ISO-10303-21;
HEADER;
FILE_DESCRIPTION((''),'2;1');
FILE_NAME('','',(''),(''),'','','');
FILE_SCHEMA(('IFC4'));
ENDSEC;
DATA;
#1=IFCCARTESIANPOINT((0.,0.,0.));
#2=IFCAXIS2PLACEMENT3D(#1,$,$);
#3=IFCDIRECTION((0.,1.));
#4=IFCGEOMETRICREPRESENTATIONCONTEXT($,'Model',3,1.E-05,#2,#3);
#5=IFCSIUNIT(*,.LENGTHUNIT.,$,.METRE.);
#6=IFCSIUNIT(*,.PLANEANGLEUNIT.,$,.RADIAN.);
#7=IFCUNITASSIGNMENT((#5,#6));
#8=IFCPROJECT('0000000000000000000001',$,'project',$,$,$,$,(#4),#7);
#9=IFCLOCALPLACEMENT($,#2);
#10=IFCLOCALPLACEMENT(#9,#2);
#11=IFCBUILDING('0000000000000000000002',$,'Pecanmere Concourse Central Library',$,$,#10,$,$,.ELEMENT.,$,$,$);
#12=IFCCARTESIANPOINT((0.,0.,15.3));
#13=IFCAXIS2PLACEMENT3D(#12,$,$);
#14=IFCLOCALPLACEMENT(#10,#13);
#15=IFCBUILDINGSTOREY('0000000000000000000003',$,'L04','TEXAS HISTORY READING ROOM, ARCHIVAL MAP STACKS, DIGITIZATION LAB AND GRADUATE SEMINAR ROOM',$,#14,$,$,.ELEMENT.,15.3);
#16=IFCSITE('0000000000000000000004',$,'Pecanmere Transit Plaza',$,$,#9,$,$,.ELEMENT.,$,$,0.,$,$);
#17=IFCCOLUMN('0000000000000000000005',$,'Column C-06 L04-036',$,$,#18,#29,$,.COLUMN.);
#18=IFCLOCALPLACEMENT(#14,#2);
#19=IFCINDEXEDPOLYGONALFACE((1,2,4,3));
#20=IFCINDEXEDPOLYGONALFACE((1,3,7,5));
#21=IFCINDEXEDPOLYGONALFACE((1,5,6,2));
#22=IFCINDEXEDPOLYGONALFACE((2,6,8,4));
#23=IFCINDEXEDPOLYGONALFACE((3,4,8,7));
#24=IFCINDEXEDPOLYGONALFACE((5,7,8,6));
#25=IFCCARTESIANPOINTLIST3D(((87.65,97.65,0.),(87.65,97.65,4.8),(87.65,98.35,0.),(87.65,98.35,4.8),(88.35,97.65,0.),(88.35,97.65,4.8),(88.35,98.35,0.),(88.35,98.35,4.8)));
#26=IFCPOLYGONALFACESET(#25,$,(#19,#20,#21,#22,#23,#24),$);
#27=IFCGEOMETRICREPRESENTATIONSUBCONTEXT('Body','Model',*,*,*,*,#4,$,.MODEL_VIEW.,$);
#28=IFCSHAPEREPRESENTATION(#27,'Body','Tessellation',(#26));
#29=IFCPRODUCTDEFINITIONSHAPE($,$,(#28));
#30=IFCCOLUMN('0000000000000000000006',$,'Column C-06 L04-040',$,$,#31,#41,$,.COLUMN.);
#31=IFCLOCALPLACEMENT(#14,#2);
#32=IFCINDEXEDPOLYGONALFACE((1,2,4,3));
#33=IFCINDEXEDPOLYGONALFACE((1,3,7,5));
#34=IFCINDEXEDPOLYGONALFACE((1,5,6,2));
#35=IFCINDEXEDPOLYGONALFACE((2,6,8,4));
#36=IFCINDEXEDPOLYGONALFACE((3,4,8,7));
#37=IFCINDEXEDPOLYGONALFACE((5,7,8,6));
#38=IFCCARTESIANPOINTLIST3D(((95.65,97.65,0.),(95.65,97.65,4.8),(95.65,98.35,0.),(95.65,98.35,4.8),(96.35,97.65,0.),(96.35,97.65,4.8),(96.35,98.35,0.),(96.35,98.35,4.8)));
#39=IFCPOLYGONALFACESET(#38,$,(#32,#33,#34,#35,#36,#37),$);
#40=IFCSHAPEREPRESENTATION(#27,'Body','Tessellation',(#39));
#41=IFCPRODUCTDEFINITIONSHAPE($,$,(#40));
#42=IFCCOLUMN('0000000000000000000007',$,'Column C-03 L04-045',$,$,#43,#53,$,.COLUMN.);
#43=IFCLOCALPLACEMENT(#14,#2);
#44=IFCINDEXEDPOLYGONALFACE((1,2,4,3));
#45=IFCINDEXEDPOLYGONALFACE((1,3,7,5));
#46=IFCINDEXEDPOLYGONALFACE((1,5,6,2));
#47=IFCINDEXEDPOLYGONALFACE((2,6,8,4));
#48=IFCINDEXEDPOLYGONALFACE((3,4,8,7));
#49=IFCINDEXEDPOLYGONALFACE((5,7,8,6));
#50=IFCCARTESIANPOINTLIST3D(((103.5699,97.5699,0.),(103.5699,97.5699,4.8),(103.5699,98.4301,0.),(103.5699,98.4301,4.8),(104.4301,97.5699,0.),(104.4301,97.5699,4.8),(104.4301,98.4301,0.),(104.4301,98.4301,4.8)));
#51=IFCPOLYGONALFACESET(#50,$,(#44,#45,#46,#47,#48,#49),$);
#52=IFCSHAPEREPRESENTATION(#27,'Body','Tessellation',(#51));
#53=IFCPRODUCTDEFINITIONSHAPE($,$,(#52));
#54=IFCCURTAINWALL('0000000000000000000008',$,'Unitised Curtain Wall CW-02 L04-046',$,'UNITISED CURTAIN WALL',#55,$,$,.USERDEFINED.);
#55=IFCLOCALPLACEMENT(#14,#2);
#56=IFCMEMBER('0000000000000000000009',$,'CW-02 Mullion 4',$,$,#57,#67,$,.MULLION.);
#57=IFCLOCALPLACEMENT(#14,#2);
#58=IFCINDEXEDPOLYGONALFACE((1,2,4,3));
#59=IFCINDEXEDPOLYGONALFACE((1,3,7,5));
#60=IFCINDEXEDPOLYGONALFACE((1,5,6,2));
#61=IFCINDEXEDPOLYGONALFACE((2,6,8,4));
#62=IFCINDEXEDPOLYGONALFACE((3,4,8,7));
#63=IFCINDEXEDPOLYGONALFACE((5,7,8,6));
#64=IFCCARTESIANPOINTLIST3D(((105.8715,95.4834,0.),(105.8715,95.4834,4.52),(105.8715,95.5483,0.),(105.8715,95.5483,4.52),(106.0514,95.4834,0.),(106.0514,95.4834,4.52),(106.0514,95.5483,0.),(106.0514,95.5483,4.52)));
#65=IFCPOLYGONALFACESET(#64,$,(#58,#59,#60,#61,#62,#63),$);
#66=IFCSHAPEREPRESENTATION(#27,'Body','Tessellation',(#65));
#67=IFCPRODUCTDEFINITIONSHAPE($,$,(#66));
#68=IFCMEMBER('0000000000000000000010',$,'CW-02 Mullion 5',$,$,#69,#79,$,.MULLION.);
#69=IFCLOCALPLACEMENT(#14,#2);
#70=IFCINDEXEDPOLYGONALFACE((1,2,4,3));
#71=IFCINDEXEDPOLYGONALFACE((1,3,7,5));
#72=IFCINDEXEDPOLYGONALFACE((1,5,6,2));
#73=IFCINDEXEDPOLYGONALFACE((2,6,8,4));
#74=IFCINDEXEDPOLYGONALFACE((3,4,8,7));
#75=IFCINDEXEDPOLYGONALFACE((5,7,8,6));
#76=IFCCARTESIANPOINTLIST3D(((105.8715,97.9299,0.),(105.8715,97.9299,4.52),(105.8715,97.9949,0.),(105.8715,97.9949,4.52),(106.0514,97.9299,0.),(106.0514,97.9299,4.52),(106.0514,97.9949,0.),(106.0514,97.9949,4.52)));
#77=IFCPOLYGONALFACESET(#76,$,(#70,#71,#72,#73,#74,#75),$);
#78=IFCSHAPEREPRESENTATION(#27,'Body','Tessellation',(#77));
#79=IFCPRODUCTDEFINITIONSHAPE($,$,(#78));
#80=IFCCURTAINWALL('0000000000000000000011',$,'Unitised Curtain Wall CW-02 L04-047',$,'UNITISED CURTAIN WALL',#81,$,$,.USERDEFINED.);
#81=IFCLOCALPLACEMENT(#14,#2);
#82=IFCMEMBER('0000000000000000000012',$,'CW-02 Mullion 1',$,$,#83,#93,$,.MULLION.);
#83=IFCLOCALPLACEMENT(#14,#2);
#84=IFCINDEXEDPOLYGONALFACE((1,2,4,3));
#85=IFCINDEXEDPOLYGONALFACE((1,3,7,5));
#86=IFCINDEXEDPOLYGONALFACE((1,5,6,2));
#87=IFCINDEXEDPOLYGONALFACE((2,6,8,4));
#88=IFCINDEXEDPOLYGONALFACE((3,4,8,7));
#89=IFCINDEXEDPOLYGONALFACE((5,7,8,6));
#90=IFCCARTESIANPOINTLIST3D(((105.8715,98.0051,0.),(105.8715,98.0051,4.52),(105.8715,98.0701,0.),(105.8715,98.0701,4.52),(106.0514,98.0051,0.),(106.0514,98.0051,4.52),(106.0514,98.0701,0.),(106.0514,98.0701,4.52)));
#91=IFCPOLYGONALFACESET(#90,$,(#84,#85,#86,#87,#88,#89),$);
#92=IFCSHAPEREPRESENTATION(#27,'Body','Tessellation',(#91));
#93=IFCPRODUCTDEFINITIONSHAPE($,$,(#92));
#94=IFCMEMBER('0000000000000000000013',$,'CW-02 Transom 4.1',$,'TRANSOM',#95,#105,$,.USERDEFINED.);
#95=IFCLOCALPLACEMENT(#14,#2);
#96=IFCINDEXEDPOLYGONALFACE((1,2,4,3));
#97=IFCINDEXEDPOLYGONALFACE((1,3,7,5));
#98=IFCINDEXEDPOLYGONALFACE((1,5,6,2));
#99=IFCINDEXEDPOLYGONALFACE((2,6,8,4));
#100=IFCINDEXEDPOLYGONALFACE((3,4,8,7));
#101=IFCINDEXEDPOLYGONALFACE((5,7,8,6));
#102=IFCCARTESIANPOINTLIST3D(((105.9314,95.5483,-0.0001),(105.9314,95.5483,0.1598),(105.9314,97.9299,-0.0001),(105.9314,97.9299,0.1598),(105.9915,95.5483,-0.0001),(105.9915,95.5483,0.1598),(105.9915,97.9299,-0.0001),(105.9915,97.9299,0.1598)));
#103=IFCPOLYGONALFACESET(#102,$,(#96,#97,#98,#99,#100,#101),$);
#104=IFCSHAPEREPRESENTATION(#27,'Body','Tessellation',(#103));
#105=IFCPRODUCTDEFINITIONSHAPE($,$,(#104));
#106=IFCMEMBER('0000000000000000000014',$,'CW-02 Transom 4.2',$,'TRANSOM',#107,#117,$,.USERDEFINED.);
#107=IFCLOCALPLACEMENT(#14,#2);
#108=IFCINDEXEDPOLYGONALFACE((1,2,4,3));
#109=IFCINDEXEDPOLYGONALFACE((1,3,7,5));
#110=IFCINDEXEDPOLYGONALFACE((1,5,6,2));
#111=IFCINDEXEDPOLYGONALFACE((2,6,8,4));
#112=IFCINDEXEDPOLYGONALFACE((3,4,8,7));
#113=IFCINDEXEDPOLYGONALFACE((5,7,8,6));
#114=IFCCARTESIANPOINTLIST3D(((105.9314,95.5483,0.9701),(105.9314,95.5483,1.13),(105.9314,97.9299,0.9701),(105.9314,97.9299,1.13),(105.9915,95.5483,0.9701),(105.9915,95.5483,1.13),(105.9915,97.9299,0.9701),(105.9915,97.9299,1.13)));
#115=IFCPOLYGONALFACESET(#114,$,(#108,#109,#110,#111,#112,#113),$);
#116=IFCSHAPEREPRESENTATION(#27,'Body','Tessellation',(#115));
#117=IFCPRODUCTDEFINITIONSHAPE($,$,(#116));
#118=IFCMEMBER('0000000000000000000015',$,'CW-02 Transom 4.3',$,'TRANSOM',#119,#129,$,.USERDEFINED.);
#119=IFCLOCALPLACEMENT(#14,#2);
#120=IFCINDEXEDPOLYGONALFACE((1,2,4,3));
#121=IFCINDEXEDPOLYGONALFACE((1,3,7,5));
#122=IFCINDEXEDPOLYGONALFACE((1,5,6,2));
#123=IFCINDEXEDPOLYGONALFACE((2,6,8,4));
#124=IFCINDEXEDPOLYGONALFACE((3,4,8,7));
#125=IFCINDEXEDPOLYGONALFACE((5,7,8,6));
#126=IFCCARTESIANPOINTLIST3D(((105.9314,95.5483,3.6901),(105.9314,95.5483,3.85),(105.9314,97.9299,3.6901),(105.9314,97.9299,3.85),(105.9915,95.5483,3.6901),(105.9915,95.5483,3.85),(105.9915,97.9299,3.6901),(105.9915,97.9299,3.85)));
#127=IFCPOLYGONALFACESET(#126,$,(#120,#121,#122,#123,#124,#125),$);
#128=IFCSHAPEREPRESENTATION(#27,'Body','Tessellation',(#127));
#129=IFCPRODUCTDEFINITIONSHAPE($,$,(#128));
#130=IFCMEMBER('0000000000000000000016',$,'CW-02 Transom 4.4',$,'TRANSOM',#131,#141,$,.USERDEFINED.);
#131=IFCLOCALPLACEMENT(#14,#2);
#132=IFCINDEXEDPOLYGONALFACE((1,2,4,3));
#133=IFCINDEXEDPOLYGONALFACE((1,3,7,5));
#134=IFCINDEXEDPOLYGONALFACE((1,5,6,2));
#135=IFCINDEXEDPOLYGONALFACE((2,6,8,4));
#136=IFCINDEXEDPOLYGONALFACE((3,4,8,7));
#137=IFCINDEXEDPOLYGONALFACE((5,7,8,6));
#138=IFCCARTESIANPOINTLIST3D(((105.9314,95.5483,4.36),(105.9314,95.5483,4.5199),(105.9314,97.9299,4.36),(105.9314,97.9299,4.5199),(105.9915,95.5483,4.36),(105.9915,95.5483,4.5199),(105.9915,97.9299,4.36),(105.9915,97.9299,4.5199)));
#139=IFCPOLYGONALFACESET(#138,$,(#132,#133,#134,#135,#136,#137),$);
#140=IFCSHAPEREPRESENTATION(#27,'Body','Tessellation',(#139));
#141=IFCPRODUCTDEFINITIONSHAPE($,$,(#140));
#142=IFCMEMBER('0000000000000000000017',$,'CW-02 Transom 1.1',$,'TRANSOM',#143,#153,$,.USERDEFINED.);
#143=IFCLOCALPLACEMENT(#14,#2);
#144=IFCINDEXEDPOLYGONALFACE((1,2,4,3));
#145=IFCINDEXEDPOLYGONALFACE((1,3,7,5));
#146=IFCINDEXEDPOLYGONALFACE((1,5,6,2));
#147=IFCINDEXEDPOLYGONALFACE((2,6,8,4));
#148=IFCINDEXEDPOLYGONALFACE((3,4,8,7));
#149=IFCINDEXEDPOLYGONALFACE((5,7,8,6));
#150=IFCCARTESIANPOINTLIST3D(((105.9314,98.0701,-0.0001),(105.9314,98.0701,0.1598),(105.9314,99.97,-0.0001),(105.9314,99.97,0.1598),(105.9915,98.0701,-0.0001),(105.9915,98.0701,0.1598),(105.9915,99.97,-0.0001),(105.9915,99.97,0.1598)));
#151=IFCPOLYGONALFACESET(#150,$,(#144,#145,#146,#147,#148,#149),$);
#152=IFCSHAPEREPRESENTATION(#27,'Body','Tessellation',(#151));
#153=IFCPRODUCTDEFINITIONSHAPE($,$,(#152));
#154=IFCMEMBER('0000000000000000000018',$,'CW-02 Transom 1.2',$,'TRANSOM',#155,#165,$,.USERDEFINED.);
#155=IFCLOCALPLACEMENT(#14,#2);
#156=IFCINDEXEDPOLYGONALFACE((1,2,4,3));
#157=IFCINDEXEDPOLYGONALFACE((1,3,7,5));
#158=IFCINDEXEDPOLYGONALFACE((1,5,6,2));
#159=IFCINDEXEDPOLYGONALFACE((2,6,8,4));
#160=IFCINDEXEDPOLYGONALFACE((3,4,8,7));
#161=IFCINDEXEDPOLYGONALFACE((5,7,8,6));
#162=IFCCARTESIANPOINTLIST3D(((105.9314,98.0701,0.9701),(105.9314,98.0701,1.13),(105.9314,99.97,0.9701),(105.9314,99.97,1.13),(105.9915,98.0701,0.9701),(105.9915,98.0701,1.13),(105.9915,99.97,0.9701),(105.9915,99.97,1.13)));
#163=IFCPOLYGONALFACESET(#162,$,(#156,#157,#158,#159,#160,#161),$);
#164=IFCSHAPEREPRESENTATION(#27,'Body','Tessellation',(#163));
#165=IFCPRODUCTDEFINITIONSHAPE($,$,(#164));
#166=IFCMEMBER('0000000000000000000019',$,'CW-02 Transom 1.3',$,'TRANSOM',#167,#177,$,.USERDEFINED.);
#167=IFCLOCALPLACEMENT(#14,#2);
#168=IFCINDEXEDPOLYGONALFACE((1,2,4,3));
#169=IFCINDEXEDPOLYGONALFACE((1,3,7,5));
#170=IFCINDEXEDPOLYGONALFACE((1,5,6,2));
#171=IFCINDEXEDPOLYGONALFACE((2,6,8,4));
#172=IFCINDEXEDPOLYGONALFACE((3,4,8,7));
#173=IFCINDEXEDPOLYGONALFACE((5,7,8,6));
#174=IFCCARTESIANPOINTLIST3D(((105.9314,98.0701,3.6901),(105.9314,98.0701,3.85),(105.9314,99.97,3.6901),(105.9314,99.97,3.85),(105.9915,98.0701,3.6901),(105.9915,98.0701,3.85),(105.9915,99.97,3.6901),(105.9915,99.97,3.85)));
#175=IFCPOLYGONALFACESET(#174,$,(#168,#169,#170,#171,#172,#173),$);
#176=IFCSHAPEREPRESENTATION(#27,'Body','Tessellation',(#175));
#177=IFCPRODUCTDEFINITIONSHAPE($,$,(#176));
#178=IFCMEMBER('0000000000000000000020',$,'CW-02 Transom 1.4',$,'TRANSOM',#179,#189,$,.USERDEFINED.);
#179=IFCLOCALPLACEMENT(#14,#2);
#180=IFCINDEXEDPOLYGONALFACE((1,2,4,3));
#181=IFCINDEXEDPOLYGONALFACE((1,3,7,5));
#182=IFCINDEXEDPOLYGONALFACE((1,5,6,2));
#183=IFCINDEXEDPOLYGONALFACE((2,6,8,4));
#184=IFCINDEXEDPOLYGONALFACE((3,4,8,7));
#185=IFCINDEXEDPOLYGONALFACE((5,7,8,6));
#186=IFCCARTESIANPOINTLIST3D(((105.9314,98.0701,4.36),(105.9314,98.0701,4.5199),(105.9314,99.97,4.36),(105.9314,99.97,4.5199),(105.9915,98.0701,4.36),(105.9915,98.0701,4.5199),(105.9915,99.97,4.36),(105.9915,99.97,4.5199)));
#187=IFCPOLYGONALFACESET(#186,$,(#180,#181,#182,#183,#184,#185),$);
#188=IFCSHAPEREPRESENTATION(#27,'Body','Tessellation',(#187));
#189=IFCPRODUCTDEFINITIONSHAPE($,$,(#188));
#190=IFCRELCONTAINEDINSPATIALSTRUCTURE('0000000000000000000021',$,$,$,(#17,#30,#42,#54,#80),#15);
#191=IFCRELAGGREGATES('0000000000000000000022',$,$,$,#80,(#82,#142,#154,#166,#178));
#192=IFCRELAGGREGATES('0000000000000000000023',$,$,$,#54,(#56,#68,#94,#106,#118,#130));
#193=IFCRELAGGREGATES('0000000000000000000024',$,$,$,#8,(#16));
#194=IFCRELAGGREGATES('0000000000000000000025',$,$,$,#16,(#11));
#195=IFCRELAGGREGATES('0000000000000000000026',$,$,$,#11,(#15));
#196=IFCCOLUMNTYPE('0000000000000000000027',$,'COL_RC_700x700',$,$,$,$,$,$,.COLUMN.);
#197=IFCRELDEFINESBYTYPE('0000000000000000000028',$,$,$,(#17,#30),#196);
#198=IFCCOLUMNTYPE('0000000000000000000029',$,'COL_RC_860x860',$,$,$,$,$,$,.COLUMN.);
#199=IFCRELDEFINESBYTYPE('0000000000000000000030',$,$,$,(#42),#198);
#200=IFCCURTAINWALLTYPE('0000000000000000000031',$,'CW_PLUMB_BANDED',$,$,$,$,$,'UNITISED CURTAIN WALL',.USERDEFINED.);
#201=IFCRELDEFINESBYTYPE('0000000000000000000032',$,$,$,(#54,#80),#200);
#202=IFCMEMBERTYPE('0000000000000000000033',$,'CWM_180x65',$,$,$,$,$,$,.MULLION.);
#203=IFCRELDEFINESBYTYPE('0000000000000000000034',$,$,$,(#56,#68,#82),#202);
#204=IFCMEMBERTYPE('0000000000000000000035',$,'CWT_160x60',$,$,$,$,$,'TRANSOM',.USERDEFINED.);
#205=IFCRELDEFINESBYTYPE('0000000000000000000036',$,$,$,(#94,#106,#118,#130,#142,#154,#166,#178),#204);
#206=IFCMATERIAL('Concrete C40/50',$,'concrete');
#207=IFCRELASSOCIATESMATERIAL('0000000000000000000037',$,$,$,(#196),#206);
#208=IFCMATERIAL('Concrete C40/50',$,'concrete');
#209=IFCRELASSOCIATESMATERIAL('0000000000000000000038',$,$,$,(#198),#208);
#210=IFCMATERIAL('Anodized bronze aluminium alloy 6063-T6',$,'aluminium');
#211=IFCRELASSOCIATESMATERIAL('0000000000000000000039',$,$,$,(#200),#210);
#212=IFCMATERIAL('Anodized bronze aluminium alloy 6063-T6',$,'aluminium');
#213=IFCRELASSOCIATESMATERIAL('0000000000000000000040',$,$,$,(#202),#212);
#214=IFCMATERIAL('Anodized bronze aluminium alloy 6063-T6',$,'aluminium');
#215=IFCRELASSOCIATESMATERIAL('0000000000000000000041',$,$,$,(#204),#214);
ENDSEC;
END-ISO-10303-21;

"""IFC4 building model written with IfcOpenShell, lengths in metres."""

from ifc_helpers import new_model, si_unit, direction, frame, origin, origin_2d, place, context, subcontext, project, spatial, rectangle, extrude, material, material_profile, profile_set, type_object, element, aggregate, save


model = new_model("IFC4")

# Units and contexts
model_context = context("Model", 3, precision=1e-05, world=origin(), true_north=direction((0.0, 1.0)))
body_context = subcontext(model_context, "Body", "Model", "MODEL_VIEW")
ifc_project = project(units=[si_unit("LENGTHUNIT", "METRE"), si_unit("PLANEANGLEUNIT", "RADIAN")], contexts=[model_context])

# Site, building, storey
site_placement = place(None, origin())
site = spatial("IfcSite", under=ifc_project, at=site_placement, Name="Pecanmere Transit Plaza", CompositionType="ELEMENT", RefElevation=0.0)
building_placement = place(site_placement, origin())
building = spatial("IfcBuilding", under=site, at=building_placement, Name="Pecanmere Concourse Central Library", CompositionType="ELEMENT")
storey_placement = place(building_placement, frame((0.0, 0.0, 15.3)))
storey = spatial("IfcBuildingStorey", under=building, at=storey_placement, Name="L04", Description="TEXAS HISTORY READING ROOM, ARCHIVAL MAP STACKS, DIGITIZATION LAB AND GRADUATE SEMINAR ROOM", CompositionType="ELEMENT", Elevation=15.3)

# Columns
ifc_material_1 = material(Name="Concrete C40/50", Category="concrete")
ifc_material_profile_1 = material_profile(ifc_material_1, rectangle(XDim=0.7, YDim=0.7, at=origin_2d()), Name="RC 700x700")
ifc_profile_set_1 = profile_set([ifc_material_profile_1], Name="Concrete C40/50")
column_type_1 = type_object("IfcColumnType", Name="COL_RC_700x700", PredefinedType="COLUMN", material=ifc_profile_set_1)
for number, where, z_axis, x_axis, name in (
    (1, (88.0, 98.0, 0.0), (0.0, 0.0, 1.0), (1.0, 0.0, 0.0), "Column C-06 L04-036"),
    (2, (96.0, 98.0, 0.0), (0.0, 0.0, 1.0), (1.0, 0.0, 0.0), "Column C-06 L04-040"),
):
    element("IfcColumn", number, at=place(storey_placement, frame(where, z_axis=z_axis, x_axis=x_axis)), inside=storey, type_object=column_type_1, Name=name, PredefinedType="COLUMN", context=body_context, shape_type="SweptSolid", body=[
        extrude(rectangle(XDim=0.7, YDim=0.7, at=origin_2d()), origin(), (0.0, 0.0, 1.0), 4.8),
    ])
ifc_material_2 = material(Name="Concrete C40/50", Category="concrete")
ifc_material_profile_2 = material_profile(ifc_material_2, rectangle(XDim=0.8601, YDim=0.8601, at=origin_2d()), Name="RC 860x860")
ifc_profile_set_2 = profile_set([ifc_material_profile_2], Name="Concrete C40/50")
column_type_2 = type_object("IfcColumnType", Name="COL_RC_860x860", PredefinedType="COLUMN", material=ifc_profile_set_2)
column_placement = place(storey_placement, frame((104.0, 98.0, 0.0), z_axis=(0.0, 0.0, 1.0), x_axis=(1.0, 0.0, 0.0)))
element("IfcColumn", 3, at=column_placement, inside=storey, type_object=column_type_2, Name="Column C-03 L04-045", PredefinedType="COLUMN", context=body_context, shape_type="SweptSolid", body=[
    extrude(rectangle(XDim=0.8601, YDim=0.8601, at=origin_2d()), origin(), (0.0, 0.0, 1.0), 4.8),
])

# Curtain wall, members
ifc_material_3 = material(Name="Anodized bronze aluminium alloy 6063-T6", Category="aluminium")
curtain_wall_type = type_object("IfcCurtainWallType", Name="CW_PLUMB_BANDED", ElementType="UNITISED CURTAIN WALL", PredefinedType="USERDEFINED", material=ifc_material_3)
curtain_wall_1_placement = place(storey_placement, origin())
curtain_wall_1 = element("IfcCurtainWall", 4, at=curtain_wall_1_placement, inside=storey, type_object=curtain_wall_type, Name="Unitised Curtain Wall CW-02 L04-046", ObjectType="UNITISED CURTAIN WALL", PredefinedType="USERDEFINED")
ifc_material_4 = material(Name="Anodized bronze aluminium alloy 6063-T6", Category="aluminium")
ifc_material_profile_3 = material_profile(ifc_material_4, rectangle(XDim=0.0649, YDim=0.1799, at=origin_2d()), Name="AL 65x180")
ifc_profile_set_3 = profile_set([ifc_material_profile_3], Name="Anodized bronze aluminium alloy 6063-T6")
member_type_1 = type_object("IfcMemberType", Name="CWM_180x65", PredefinedType="MULLION", material=ifc_profile_set_3)
member_1_placement = place(storey_placement, frame((105.9614, 95.5159, 0.0), z_axis=(0.0, 0.0, 1.0), x_axis=(0.0, 1.0, 0.0)))
member_1 = element("IfcMember", 5, at=member_1_placement, type_object=member_type_1, Name="CW-02 Mullion 4", PredefinedType="MULLION", context=body_context, shape_type="SweptSolid", body=[
    extrude(rectangle(XDim=0.0649, YDim=0.1799, at=origin_2d()), origin(), (0.0, 0.0, 1.0), 4.52),
])
member_2_placement = place(storey_placement, frame((105.9614, 97.9624, 0.0), z_axis=(0.0, 0.0, 1.0), x_axis=(0.0, 1.0, 0.0)))
member_2 = element("IfcMember", 6, at=member_2_placement, type_object=member_type_1, Name="CW-02 Mullion 5", PredefinedType="MULLION", context=body_context, shape_type="SweptSolid", body=[
    extrude(rectangle(XDim=0.0649, YDim=0.1799, at=origin_2d()), origin(), (0.0, 0.0, 1.0), 4.52),
])

# Curtain wall, member
curtain_wall_2_placement = place(storey_placement, origin())
curtain_wall_2 = element("IfcCurtainWall", 7, at=curtain_wall_2_placement, inside=storey, type_object=curtain_wall_type, Name="Unitised Curtain Wall CW-02 L04-047", ObjectType="UNITISED CURTAIN WALL", PredefinedType="USERDEFINED")
member_3_placement = place(storey_placement, frame((105.9614, 98.0376, 0.0), z_axis=(0.0, 0.0, 1.0), x_axis=(0.0, 1.0, 0.0)))
member_3 = element("IfcMember", 8, at=member_3_placement, type_object=member_type_1, Name="CW-02 Mullion 1", PredefinedType="MULLION", context=body_context, shape_type="SweptSolid", body=[
    extrude(rectangle(XDim=0.0649, YDim=0.1799, at=origin_2d()), origin(), (0.0, 0.0, 1.0), 4.52),
])

# Members
ifc_material_5 = material(Name="Anodized bronze aluminium alloy 6063-T6", Category="aluminium")
ifc_material_profile_4 = material_profile(ifc_material_5, rectangle(XDim=0.0601, YDim=0.1599, at=origin_2d()), Name="AL 60x160")
ifc_profile_set_4 = profile_set([ifc_material_profile_4], Name="Anodized bronze aluminium alloy 6063-T6")
member_type_2 = type_object("IfcMemberType", Name="CWT_160x60", ElementType="TRANSOM", PredefinedType="USERDEFINED", material=ifc_profile_set_4)
member_4_placement = place(storey_placement, frame((105.9614, 95.5483, 0.0798), z_axis=(0.0, 1.0, 0.0), x_axis=(-1.0, 0.0, 0.0)))
member_4 = element("IfcMember", 9, at=member_4_placement, type_object=member_type_2, Name="CW-02 Transom 4.1", ObjectType="TRANSOM", PredefinedType="USERDEFINED", context=body_context, shape_type="SweptSolid", body=[
    extrude(rectangle(XDim=0.0601, YDim=0.1599, at=origin_2d()), origin(), (0.0, 0.0, 1.0), 2.3816),
])
member_5_placement = place(storey_placement, frame((105.9614, 95.5483, 1.05), z_axis=(0.0, 1.0, 0.0), x_axis=(-1.0, 0.0, 0.0)))
member_5 = element("IfcMember", 10, at=member_5_placement, type_object=member_type_2, Name="CW-02 Transom 4.2", ObjectType="TRANSOM", PredefinedType="USERDEFINED", context=body_context, shape_type="SweptSolid", body=[
    extrude(rectangle(XDim=0.0601, YDim=0.1599, at=origin_2d()), origin(), (0.0, 0.0, 1.0), 2.3816),
])
member_6_placement = place(storey_placement, frame((105.9614, 95.5483, 3.77), z_axis=(0.0, 1.0, 0.0), x_axis=(-1.0, 0.0, 0.0)))
member_6 = element("IfcMember", 11, at=member_6_placement, type_object=member_type_2, Name="CW-02 Transom 4.3", ObjectType="TRANSOM", PredefinedType="USERDEFINED", context=body_context, shape_type="SweptSolid", body=[
    extrude(rectangle(XDim=0.0601, YDim=0.1599, at=origin_2d()), origin(), (0.0, 0.0, 1.0), 2.3816),
])
member_7_placement = place(storey_placement, frame((105.9614, 95.5483, 4.4399), z_axis=(0.0, 1.0, 0.0), x_axis=(-1.0, 0.0, 0.0)))
member_7 = element("IfcMember", 12, at=member_7_placement, type_object=member_type_2, Name="CW-02 Transom 4.4", ObjectType="TRANSOM", PredefinedType="USERDEFINED", context=body_context, shape_type="SweptSolid", body=[
    extrude(rectangle(XDim=0.0601, YDim=0.1599, at=origin_2d()), origin(), (0.0, 0.0, 1.0), 2.3816),
])
member_8_placement = place(storey_placement, frame((105.9614, 98.0701, 0.0798), z_axis=(0.0, 1.0, 0.0), x_axis=(-1.0, 0.0, 0.0)))
member_8 = element("IfcMember", 13, at=member_8_placement, type_object=member_type_2, Name="CW-02 Transom 1.1", ObjectType="TRANSOM", PredefinedType="USERDEFINED", context=body_context, shape_type="SweptSolid", body=[
    extrude(rectangle(XDim=0.0601, YDim=0.1599, at=origin_2d()), origin(), (0.0, 0.0, 1.0), 1.8999),
])
member_9_placement = place(storey_placement, frame((105.9614, 98.0701, 1.05), z_axis=(0.0, 1.0, 0.0), x_axis=(-1.0, 0.0, 0.0)))
member_9 = element("IfcMember", 14, at=member_9_placement, type_object=member_type_2, Name="CW-02 Transom 1.2", ObjectType="TRANSOM", PredefinedType="USERDEFINED", context=body_context, shape_type="SweptSolid", body=[
    extrude(rectangle(XDim=0.0601, YDim=0.1599, at=origin_2d()), origin(), (0.0, 0.0, 1.0), 1.8999),
])
member_10_placement = place(storey_placement, frame((105.9614, 98.0701, 3.77), z_axis=(0.0, 1.0, 0.0), x_axis=(-1.0, 0.0, 0.0)))
member_10 = element("IfcMember", 15, at=member_10_placement, type_object=member_type_2, Name="CW-02 Transom 1.3", ObjectType="TRANSOM", PredefinedType="USERDEFINED", context=body_context, shape_type="SweptSolid", body=[
    extrude(rectangle(XDim=0.0601, YDim=0.1599, at=origin_2d()), origin(), (0.0, 0.0, 1.0), 1.8999),
])
member_11_placement = place(storey_placement, frame((105.9614, 98.0701, 4.4399), z_axis=(0.0, 1.0, 0.0), x_axis=(-1.0, 0.0, 0.0)))
member_11 = element("IfcMember", 16, at=member_11_placement, type_object=member_type_2, Name="CW-02 Transom 1.4", ObjectType="TRANSOM", PredefinedType="USERDEFINED", context=body_context, shape_type="SweptSolid", body=[
    extrude(rectangle(XDim=0.0601, YDim=0.1599, at=origin_2d()), origin(), (0.0, 0.0, 1.0), 1.8999),
])
aggregate(curtain_wall_2, [member_3, member_8, member_9, member_10, member_11])

aggregate(curtain_wall_1, [member_1, member_2, member_4, member_5, member_6, member_7])

save(model, "model.ifc")
